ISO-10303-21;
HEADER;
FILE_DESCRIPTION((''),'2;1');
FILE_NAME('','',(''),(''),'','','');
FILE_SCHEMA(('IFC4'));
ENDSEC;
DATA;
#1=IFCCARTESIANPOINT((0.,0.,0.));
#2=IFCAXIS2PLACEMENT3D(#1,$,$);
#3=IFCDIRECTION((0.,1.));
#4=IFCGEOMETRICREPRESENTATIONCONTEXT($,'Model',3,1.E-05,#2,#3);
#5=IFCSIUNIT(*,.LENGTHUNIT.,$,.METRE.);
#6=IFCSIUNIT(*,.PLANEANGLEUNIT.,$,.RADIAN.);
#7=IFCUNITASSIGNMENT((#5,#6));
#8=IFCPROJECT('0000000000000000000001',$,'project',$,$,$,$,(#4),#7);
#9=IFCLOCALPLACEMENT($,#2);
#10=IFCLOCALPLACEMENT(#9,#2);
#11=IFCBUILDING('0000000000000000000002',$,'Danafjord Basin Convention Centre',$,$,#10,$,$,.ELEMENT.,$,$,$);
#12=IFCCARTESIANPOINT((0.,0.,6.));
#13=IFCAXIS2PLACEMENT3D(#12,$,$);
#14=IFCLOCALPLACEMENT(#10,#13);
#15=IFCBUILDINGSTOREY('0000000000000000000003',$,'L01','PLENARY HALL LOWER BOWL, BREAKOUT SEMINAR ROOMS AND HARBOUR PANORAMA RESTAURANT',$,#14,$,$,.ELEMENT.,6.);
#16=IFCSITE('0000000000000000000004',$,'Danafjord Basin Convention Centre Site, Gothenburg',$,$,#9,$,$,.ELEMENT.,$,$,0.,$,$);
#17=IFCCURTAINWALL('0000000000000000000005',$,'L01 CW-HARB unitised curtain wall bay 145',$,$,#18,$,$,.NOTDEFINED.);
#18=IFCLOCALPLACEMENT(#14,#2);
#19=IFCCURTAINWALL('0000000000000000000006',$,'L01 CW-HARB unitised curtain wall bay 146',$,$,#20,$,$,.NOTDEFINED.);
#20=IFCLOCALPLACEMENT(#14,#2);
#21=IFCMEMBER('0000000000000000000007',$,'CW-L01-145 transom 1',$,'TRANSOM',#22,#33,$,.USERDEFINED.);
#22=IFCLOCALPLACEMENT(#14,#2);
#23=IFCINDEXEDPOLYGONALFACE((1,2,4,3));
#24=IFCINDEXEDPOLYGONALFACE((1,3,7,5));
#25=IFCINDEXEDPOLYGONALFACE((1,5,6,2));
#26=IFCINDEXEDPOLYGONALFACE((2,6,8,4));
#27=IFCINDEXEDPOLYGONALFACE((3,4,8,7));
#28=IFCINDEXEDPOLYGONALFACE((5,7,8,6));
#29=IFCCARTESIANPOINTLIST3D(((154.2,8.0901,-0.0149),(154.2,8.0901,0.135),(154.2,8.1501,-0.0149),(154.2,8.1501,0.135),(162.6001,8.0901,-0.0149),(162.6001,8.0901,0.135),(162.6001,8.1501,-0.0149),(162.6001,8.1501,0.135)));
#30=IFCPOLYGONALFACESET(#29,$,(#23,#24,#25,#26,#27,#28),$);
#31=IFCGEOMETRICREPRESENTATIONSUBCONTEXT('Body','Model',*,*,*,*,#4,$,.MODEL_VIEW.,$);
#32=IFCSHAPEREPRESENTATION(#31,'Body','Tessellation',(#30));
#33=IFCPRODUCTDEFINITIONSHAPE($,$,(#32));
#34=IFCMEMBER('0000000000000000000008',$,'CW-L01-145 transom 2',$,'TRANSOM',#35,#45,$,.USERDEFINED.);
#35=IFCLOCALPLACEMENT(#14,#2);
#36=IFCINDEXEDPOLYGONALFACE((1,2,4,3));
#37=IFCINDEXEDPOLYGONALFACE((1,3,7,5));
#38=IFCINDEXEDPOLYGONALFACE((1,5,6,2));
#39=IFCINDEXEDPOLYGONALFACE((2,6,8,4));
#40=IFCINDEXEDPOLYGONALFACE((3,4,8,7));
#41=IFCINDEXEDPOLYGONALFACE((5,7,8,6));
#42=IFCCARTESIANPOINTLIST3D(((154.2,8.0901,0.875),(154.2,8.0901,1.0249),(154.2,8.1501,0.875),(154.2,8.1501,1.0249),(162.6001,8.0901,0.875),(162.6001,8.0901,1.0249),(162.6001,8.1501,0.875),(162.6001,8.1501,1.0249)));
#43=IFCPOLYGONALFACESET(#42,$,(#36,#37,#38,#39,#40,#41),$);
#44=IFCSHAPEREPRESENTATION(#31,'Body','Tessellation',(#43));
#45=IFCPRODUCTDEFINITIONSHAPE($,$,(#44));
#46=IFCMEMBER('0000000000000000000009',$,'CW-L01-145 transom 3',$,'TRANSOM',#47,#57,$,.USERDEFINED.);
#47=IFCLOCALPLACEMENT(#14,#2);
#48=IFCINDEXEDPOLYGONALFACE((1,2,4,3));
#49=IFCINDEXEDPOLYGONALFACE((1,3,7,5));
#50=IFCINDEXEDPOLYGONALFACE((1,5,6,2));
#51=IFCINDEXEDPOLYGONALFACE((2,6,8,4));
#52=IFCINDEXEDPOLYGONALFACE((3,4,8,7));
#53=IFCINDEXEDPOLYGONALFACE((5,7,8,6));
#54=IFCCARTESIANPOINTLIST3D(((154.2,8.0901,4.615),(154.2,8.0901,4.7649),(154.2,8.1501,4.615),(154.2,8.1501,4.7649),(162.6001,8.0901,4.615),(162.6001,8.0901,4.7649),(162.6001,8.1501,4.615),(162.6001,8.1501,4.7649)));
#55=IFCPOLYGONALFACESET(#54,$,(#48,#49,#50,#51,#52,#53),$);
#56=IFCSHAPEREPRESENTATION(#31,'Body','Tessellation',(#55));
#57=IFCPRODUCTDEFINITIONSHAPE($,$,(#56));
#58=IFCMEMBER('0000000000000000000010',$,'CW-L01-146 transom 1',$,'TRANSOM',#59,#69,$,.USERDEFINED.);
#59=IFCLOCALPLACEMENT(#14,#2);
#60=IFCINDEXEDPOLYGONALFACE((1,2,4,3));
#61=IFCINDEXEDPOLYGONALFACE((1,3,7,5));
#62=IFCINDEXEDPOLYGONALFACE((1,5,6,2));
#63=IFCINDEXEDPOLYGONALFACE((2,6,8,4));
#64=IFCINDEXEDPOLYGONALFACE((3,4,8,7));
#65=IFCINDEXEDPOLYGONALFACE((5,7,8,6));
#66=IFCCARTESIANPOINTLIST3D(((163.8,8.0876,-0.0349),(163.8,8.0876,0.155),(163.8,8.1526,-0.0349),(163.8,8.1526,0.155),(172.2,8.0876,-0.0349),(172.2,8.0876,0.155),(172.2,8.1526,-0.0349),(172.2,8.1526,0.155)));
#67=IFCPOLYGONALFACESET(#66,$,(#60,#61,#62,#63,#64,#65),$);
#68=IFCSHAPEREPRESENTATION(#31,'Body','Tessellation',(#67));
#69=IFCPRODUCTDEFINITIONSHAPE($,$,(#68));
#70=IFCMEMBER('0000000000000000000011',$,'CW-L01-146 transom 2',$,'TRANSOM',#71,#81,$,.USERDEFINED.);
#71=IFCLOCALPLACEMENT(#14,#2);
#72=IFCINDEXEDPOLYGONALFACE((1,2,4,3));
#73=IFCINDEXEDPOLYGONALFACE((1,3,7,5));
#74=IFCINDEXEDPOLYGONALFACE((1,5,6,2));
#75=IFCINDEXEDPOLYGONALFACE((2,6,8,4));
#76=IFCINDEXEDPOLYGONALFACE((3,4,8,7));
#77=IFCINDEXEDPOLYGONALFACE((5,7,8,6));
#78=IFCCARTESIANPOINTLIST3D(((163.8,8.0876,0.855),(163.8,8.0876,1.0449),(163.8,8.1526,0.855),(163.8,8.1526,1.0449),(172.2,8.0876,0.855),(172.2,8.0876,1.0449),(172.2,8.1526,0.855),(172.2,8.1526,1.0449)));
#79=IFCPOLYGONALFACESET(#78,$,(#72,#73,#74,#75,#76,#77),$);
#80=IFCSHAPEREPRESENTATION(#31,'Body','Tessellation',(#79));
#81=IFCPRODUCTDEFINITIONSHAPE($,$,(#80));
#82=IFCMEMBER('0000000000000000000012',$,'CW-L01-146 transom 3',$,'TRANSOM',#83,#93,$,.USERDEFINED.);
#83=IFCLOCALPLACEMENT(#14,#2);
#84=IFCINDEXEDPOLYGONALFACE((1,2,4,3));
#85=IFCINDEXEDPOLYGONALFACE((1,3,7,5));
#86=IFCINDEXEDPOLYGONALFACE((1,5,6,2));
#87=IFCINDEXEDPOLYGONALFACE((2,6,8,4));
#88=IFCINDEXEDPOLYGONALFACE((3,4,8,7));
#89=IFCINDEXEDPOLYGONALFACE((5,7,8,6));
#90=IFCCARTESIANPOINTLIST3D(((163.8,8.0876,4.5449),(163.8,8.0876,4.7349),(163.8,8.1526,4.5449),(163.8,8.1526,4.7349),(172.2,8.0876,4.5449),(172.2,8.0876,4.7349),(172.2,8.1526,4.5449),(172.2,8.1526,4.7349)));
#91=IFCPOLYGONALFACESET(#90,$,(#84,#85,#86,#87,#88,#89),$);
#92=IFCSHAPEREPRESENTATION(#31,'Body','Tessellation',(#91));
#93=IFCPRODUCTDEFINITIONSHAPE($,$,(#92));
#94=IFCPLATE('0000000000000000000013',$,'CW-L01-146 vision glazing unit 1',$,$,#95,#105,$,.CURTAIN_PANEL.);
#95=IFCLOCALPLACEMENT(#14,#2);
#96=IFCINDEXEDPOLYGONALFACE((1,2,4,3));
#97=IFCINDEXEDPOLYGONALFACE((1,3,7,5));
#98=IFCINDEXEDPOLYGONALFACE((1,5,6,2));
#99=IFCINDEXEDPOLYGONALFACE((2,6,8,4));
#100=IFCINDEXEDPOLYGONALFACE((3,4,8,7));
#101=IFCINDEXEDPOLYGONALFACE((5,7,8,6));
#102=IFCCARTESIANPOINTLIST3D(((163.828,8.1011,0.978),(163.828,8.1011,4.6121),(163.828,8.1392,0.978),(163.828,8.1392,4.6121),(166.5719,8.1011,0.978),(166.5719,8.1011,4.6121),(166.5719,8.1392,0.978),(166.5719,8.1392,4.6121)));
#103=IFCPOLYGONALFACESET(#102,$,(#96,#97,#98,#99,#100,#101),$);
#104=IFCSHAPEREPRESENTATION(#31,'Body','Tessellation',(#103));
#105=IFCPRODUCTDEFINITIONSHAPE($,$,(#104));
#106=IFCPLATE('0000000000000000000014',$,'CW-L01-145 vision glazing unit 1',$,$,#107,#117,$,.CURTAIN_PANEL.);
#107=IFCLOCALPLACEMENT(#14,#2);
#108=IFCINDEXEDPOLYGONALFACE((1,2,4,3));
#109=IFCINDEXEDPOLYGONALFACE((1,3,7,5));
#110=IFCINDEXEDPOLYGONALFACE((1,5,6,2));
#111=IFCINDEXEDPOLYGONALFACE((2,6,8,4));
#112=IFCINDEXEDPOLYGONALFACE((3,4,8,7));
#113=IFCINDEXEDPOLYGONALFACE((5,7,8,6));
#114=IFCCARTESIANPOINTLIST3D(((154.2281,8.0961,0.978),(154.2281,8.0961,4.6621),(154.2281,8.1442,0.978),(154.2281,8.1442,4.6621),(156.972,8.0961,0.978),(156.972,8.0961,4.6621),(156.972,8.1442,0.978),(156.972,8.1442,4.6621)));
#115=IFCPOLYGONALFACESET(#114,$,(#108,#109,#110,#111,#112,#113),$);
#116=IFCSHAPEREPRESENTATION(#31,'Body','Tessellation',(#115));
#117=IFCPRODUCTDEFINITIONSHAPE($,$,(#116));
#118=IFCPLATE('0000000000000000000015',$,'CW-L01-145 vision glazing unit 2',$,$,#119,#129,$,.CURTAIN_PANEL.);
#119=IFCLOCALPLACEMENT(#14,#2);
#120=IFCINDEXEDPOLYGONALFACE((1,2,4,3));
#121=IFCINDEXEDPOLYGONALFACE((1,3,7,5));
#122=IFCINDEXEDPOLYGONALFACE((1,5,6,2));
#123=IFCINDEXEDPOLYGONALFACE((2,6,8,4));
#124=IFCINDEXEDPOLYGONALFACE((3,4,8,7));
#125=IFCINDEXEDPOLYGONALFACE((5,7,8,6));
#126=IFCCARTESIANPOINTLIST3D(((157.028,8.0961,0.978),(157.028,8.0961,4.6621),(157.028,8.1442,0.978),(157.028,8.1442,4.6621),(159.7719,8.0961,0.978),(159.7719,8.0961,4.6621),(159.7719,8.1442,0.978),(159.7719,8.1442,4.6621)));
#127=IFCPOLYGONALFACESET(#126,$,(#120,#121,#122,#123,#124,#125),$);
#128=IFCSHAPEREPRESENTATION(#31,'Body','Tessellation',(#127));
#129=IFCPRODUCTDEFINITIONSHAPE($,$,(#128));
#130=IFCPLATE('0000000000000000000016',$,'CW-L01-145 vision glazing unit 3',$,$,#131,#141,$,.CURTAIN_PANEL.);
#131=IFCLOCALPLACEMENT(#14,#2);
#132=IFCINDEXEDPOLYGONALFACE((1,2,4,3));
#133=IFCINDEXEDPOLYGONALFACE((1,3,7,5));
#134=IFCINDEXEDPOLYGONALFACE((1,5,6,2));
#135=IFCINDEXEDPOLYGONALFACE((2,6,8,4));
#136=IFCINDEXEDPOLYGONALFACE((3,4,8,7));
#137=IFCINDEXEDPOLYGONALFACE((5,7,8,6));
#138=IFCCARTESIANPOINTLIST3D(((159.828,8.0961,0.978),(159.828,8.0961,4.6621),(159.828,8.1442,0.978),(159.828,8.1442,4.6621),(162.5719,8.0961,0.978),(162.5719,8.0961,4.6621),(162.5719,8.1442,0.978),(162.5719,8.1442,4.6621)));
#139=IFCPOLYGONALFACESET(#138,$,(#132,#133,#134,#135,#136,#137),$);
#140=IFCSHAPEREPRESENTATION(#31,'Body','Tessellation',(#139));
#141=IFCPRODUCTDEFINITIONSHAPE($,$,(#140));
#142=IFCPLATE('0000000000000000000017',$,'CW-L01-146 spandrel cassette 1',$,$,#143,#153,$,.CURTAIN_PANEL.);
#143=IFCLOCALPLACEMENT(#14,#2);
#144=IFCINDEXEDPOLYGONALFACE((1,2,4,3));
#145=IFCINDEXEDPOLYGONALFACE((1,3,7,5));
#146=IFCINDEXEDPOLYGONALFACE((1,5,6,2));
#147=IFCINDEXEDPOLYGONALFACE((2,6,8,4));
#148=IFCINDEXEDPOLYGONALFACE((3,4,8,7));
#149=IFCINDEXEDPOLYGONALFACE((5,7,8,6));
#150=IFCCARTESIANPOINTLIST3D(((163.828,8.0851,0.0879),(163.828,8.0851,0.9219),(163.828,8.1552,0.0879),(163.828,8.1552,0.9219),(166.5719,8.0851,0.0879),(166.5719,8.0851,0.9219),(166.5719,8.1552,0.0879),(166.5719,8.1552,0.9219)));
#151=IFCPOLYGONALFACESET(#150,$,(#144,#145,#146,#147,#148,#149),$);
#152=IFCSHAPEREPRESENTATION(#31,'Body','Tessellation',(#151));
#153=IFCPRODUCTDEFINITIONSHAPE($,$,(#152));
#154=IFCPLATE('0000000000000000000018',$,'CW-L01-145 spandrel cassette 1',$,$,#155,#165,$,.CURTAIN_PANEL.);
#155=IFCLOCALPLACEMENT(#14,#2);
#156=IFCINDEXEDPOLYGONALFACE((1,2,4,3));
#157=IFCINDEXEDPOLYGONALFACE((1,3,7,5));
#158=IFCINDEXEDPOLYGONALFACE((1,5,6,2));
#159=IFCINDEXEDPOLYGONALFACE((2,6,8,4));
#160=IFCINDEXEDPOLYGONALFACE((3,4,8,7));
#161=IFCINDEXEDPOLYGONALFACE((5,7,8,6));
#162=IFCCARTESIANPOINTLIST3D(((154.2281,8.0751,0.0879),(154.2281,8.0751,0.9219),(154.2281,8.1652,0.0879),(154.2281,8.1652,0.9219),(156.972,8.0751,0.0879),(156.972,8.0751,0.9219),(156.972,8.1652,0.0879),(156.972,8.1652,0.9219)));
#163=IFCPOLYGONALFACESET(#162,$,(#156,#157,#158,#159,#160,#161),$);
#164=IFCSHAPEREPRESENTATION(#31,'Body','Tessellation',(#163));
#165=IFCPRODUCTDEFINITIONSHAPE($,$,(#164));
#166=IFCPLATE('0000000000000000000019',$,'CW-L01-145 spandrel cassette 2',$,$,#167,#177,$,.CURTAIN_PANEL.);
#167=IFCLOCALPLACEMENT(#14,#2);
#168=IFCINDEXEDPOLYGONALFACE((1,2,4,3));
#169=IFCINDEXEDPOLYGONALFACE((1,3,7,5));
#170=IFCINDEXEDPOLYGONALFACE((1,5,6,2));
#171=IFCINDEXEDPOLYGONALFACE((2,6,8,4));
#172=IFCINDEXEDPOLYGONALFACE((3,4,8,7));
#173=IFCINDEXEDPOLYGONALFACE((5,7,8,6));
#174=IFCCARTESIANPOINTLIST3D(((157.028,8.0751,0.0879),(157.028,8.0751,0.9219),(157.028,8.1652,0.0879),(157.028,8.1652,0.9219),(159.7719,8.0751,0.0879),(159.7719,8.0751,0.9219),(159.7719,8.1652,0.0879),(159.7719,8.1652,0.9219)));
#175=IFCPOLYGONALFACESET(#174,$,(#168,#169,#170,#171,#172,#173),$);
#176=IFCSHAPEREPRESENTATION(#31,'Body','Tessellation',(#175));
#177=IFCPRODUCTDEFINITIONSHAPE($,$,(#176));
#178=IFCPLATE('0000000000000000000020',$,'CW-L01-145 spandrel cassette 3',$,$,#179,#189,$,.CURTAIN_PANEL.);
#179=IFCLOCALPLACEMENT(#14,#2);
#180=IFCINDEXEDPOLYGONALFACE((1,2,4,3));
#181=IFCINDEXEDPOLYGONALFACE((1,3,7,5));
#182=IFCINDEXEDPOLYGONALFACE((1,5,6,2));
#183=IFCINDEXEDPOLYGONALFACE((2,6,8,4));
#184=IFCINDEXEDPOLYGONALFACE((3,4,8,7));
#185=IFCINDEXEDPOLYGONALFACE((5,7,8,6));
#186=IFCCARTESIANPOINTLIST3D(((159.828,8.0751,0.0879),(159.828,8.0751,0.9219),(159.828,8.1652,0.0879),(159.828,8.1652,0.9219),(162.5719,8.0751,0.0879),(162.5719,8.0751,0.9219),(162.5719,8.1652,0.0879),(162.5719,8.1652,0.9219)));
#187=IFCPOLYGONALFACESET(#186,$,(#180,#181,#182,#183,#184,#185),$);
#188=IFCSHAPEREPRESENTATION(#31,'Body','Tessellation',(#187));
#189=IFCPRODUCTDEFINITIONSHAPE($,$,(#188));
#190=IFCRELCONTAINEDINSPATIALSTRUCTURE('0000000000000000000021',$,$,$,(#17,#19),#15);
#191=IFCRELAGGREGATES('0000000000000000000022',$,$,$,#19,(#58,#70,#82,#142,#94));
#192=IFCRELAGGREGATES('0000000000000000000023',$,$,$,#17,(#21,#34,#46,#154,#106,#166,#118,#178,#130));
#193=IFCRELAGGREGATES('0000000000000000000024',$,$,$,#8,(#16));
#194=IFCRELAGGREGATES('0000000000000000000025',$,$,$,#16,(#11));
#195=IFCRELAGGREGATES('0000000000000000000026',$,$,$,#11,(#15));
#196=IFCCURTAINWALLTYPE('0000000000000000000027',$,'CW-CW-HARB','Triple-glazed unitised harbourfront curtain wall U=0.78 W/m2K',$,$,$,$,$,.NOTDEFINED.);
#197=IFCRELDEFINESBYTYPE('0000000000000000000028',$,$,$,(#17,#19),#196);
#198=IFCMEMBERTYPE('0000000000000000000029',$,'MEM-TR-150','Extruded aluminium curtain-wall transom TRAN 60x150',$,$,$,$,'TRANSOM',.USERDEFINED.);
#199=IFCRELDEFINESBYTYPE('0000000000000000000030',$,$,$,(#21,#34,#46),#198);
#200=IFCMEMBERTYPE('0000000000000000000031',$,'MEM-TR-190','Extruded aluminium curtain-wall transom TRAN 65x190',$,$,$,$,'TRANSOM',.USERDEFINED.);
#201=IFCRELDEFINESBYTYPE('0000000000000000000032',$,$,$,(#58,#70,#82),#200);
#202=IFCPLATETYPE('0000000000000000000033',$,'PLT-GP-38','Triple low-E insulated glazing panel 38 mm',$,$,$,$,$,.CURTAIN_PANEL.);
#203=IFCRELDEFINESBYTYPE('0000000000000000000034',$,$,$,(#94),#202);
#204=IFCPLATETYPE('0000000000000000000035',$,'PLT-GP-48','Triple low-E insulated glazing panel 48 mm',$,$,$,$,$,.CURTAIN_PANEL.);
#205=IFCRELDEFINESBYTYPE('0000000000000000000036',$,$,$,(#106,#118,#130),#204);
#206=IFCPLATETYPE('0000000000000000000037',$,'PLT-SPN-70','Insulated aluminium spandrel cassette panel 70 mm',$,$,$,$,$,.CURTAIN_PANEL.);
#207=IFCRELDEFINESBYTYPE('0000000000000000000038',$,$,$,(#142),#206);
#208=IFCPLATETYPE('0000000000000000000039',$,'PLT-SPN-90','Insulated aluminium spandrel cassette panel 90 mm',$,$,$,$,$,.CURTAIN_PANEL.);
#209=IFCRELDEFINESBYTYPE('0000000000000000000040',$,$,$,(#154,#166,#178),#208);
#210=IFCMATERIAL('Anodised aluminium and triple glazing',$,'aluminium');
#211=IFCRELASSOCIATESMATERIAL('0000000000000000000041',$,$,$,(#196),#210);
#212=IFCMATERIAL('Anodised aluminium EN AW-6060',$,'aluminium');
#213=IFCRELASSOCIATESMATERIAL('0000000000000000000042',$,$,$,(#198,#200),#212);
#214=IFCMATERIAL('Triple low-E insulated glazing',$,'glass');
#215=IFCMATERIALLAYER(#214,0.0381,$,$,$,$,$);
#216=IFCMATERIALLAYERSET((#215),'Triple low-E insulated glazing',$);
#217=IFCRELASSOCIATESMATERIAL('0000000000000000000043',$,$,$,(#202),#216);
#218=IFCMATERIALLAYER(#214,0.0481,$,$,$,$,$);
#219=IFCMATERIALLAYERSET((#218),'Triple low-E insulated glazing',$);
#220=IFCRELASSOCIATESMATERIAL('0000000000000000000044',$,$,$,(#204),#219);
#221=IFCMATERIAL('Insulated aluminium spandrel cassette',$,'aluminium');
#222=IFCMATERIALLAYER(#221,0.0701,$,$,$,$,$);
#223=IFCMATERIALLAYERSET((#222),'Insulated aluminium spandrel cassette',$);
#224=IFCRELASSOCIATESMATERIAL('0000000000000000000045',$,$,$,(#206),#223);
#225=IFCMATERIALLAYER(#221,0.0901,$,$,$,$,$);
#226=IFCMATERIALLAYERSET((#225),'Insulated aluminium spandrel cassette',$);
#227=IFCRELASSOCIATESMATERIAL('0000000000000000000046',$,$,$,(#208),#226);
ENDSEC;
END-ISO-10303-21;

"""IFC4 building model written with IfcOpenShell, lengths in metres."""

from ifc_helpers import new_model, si_unit, direction, frame, origin, origin_2d, place, context, subcontext, project, spatial, rectangle, extrude, material, layer, layer_set, material_profile, profile_set, type_object, element, aggregate, save


model = new_model("IFC4")

# Units and contexts
model_context = context("Model", 3, precision=1e-05, world=origin(), true_north=direction((0.0, 1.0)))
body_context = subcontext(model_context, "Body", "Model", "MODEL_VIEW")
ifc_project = project(units=[si_unit("LENGTHUNIT", "METRE"), si_unit("PLANEANGLEUNIT", "RADIAN")], contexts=[model_context])

# Site, building, storey
site_placement = place(None, origin())
site = spatial("IfcSite", under=ifc_project, at=site_placement, Name="Danafjord Basin Convention Centre Site, Gothenburg", CompositionType="ELEMENT", RefElevation=0.0)
building_placement = place(site_placement, origin())
building = spatial("IfcBuilding", under=site, at=building_placement, Name="Danafjord Basin Convention Centre", CompositionType="ELEMENT")
storey_placement = place(building_placement, frame((0.0, 0.0, 6.0)))
storey = spatial("IfcBuildingStorey", under=building, at=storey_placement, Name="L01", Description="PLENARY HALL LOWER BOWL, BREAKOUT SEMINAR ROOMS AND HARBOUR PANORAMA RESTAURANT", CompositionType="ELEMENT", Elevation=6.0)

# Curtain walls
ifc_material_1 = material(Name="Anodised aluminium and triple glazing", Category="aluminium")
curtain_wall_type = type_object("IfcCurtainWallType", Name="CW-CW-HARB", Description="Triple-glazed unitised harbourfront curtain wall U=0.78 W/m2K", PredefinedType="NOTDEFINED", material=ifc_material_1)
curtain_wall_1_placement = place(storey_placement, origin())
curtain_wall_1 = element("IfcCurtainWall", 1, at=curtain_wall_1_placement, inside=storey, type_object=curtain_wall_type, Name="L01 CW-HARB unitised curtain wall bay 145", PredefinedType="NOTDEFINED")
ifc_material_2 = material(Name="Anodised aluminium EN AW-6060", Category="aluminium")
curtain_wall_2_placement = place(storey_placement, origin())
curtain_wall_2 = element("IfcCurtainWall", 2, at=curtain_wall_2_placement, inside=storey, type_object=curtain_wall_type, Name="L01 CW-HARB unitised curtain wall bay 146", PredefinedType="NOTDEFINED")

# Members
ifc_material_profile_1 = material_profile(ifc_material_2, rectangle(XDim=0.0601, YDim=0.1499, at=origin_2d()), Name="TRAN 60x150")
ifc_profile_set_1 = profile_set([ifc_material_profile_1], Name="Anodised aluminium EN AW-6060")
member_type_1 = type_object("IfcMemberType", Name="MEM-TR-150", Description="Extruded aluminium curtain-wall transom TRAN 60x150", ElementType="TRANSOM", PredefinedType="USERDEFINED", material=ifc_profile_set_1)
member_1_placement = place(storey_placement, frame((154.2, 8.1201, 0.0601), z_axis=(1.0, 0.0, 0.0), x_axis=(0.0, 1.0, 0.0)))
member_1 = element("IfcMember", 3, at=member_1_placement, type_object=member_type_1, Name="CW-L01-145 transom 1", ObjectType="TRANSOM", PredefinedType="USERDEFINED", context=body_context, shape_type="SweptSolid", body=[
    extrude(rectangle(XDim=0.0601, YDim=0.1499, at=origin_2d()), origin(), (0.0, 0.0, 1.0), 8.4001),
])
member_2_placement = place(storey_placement, frame((154.2, 8.1201, 0.95), z_axis=(1.0, 0.0, 0.0), x_axis=(0.0, 1.0, 0.0)))
member_2 = element("IfcMember", 4, at=member_2_placement, type_object=member_type_1, Name="CW-L01-145 transom 2", ObjectType="TRANSOM", PredefinedType="USERDEFINED", context=body_context, shape_type="SweptSolid", body=[
    extrude(rectangle(XDim=0.0601, YDim=0.1499, at=origin_2d()), origin(), (0.0, 0.0, 1.0), 8.4001),
])
member_3_placement = place(storey_placement, frame((154.2, 8.1201, 4.6899), z_axis=(1.0, 0.0, 0.0), x_axis=(0.0, 1.0, 0.0)))
member_3 = element("IfcMember", 5, at=member_3_placement, type_object=member_type_1, Name="CW-L01-145 transom 3", ObjectType="TRANSOM", PredefinedType="USERDEFINED", context=body_context, shape_type="SweptSolid", body=[
    extrude(rectangle(XDim=0.0601, YDim=0.1499, at=origin_2d()), origin(), (0.0, 0.0, 1.0), 8.4001),
])
ifc_material_profile_2 = material_profile(ifc_material_2, rectangle(XDim=0.0649, YDim=0.1899, at=origin_2d()), Name="TRAN 65x190")
ifc_profile_set_2 = profile_set([ifc_material_profile_2], Name="Anodised aluminium EN AW-6060")
member_type_2 = type_object("IfcMemberType", Name="MEM-TR-190", Description="Extruded aluminium curtain-wall transom TRAN 65x190", ElementType="TRANSOM", PredefinedType="USERDEFINED", material=ifc_profile_set_2)
member_4_placement = place(storey_placement, frame((163.8, 8.1201, 0.0601), z_axis=(1.0, 0.0, 0.0), x_axis=(0.0, 1.0, 0.0)))
member_4 = element("IfcMember", 6, at=member_4_placement, type_object=member_type_2, Name="CW-L01-146 transom 1", ObjectType="TRANSOM", PredefinedType="USERDEFINED", context=body_context, shape_type="SweptSolid", body=[
    extrude(rectangle(XDim=0.0649, YDim=0.1899, at=origin_2d()), origin(), (0.0, 0.0, 1.0), 8.3999),
])
member_5_placement = place(storey_placement, frame((163.8, 8.1201, 0.95), z_axis=(1.0, 0.0, 0.0), x_axis=(0.0, 1.0, 0.0)))
member_5 = element("IfcMember", 7, at=member_5_placement, type_object=member_type_2, Name="CW-L01-146 transom 2", ObjectType="TRANSOM", PredefinedType="USERDEFINED", context=body_context, shape_type="SweptSolid", body=[
    extrude(rectangle(XDim=0.0649, YDim=0.1899, at=origin_2d()), origin(), (0.0, 0.0, 1.0), 8.3999),
])
member_6_placement = place(storey_placement, frame((163.8, 8.1201, 4.6399), z_axis=(1.0, 0.0, 0.0), x_axis=(0.0, 1.0, 0.0)))
member_6 = element("IfcMember", 8, at=member_6_placement, type_object=member_type_2, Name="CW-L01-146 transom 3", ObjectType="TRANSOM", PredefinedType="USERDEFINED", context=body_context, shape_type="SweptSolid", body=[
    extrude(rectangle(XDim=0.0649, YDim=0.1899, at=origin_2d()), origin(), (0.0, 0.0, 1.0), 8.3999),
])

# Plates
ifc_material_3 = material(Name="Triple low-E insulated glazing", Category="glass")
ifc_layer_1 = layer(ifc_material_3, 0.0381)
ifc_layer_set_1 = layer_set([ifc_layer_1], Name="Triple low-E insulated glazing")
plate_type_1 = type_object("IfcPlateType", Name="PLT-GP-38", Description="Triple low-E insulated glazing panel 38 mm", PredefinedType="CURTAIN_PANEL", material=ifc_layer_set_1)
plate_1_placement = place(storey_placement, frame((165.2, 8.1201, 0.978), z_axis=(0.0, 0.0, 1.0), x_axis=(1.0, 0.0, 0.0)))
plate_1 = element("IfcPlate", 9, at=plate_1_placement, type_object=plate_type_1, Name="CW-L01-146 vision glazing unit 1", PredefinedType="CURTAIN_PANEL", context=body_context, shape_type="SweptSolid", body=[
    extrude(rectangle(XDim=2.7439, YDim=0.0381, at=origin_2d()), origin(), (0.0, 0.0, 1.0), 3.634),
])
ifc_layer_2 = layer(ifc_material_3, 0.0481)
ifc_layer_set_2 = layer_set([ifc_layer_2], Name="Triple low-E insulated glazing")
plate_type_2 = type_object("IfcPlateType", Name="PLT-GP-48", Description="Triple low-E insulated glazing panel 48 mm", PredefinedType="CURTAIN_PANEL", material=ifc_layer_set_2)
plate_2_placement = place(storey_placement, frame((155.6001, 8.1201, 0.978), z_axis=(0.0, 0.0, 1.0), x_axis=(1.0, 0.0, 0.0)))
plate_2 = element("IfcPlate", 10, at=plate_2_placement, type_object=plate_type_2, Name="CW-L01-145 vision glazing unit 1", PredefinedType="CURTAIN_PANEL", context=body_context, shape_type="SweptSolid", body=[
    extrude(rectangle(XDim=2.7439, YDim=0.0481, at=origin_2d()), origin(), (0.0, 0.0, 1.0), 3.6841),
])
plate_3_placement = place(storey_placement, frame((158.3999, 8.1201, 0.978), z_axis=(0.0, 0.0, 1.0), x_axis=(1.0, 0.0, 0.0)))
plate_3 = element("IfcPlate", 11, at=plate_3_placement, type_object=plate_type_2, Name="CW-L01-145 vision glazing unit 2", PredefinedType="CURTAIN_PANEL", context=body_context, shape_type="SweptSolid", body=[
    extrude(rectangle(XDim=2.7439, YDim=0.0481, at=origin_2d()), origin(), (0.0, 0.0, 1.0), 3.6841),
])
plate_4_placement = place(storey_placement, frame((161.2, 8.1201, 0.978), z_axis=(0.0, 0.0, 1.0), x_axis=(1.0, 0.0, 0.0)))
plate_4 = element("IfcPlate", 12, at=plate_4_placement, type_object=plate_type_2, Name="CW-L01-145 vision glazing unit 3", PredefinedType="CURTAIN_PANEL", context=body_context, shape_type="SweptSolid", body=[
    extrude(rectangle(XDim=2.7439, YDim=0.0481, at=origin_2d()), origin(), (0.0, 0.0, 1.0), 3.6841),
])
ifc_material_4 = material(Name="Insulated aluminium spandrel cassette", Category="aluminium")
ifc_layer_3 = layer(ifc_material_4, 0.0701)
ifc_layer_set_3 = layer_set([ifc_layer_3], Name="Insulated aluminium spandrel cassette")
plate_type_3 = type_object("IfcPlateType", Name="PLT-SPN-70", Description="Insulated aluminium spandrel cassette panel 70 mm", PredefinedType="CURTAIN_PANEL", material=ifc_layer_set_3)
plate_5_placement = place(storey_placement, frame((165.2, 8.1201, 0.0879), z_axis=(0.0, 0.0, 1.0), x_axis=(1.0, 0.0, 0.0)))
plate_5 = element("IfcPlate", 13, at=plate_5_placement, type_object=plate_type_3, Name="CW-L01-146 spandrel cassette 1", PredefinedType="CURTAIN_PANEL", context=body_context, shape_type="SweptSolid", body=[
    extrude(rectangle(XDim=2.7439, YDim=0.0701, at=origin_2d()), origin(), (0.0, 0.0, 1.0), 0.834),
])
aggregate(curtain_wall_2, [member_4, member_5, member_6, plate_5, plate_1])
ifc_layer_4 = layer(ifc_material_4, 0.0901)
ifc_layer_set_4 = layer_set([ifc_layer_4], Name="Insulated aluminium spandrel cassette")
plate_type_4 = type_object("IfcPlateType", Name="PLT-SPN-90", Description="Insulated aluminium spandrel cassette panel 90 mm", PredefinedType="CURTAIN_PANEL", material=ifc_layer_set_4)
plate_6_placement = place(storey_placement, frame((155.6001, 8.1201, 0.0879), z_axis=(0.0, 0.0, 1.0), x_axis=(1.0, 0.0, 0.0)))
plate_6 = element("IfcPlate", 14, at=plate_6_placement, type_object=plate_type_4, Name="CW-L01-145 spandrel cassette 1", PredefinedType="CURTAIN_PANEL", context=body_context, shape_type="SweptSolid", body=[
    extrude(rectangle(XDim=2.7439, YDim=0.0901, at=origin_2d()), origin(), (0.0, 0.0, 1.0), 0.834),
])
plate_7_placement = place(storey_placement, frame((158.3999, 8.1201, 0.0879), z_axis=(0.0, 0.0, 1.0), x_axis=(1.0, 0.0, 0.0)))
plate_7 = element("IfcPlate", 15, at=plate_7_placement, type_object=plate_type_4, Name="CW-L01-145 spandrel cassette 2", PredefinedType="CURTAIN_PANEL", context=body_context, shape_type="SweptSolid", body=[
    extrude(rectangle(XDim=2.7439, YDim=0.0901, at=origin_2d()), origin(), (0.0, 0.0, 1.0), 0.834),
])
plate_8_placement = place(storey_placement, frame((161.2, 8.1201, 0.0879), z_axis=(0.0, 0.0, 1.0), x_axis=(1.0, 0.0, 0.0)))
plate_8 = element("IfcPlate", 16, at=plate_8_placement, type_object=plate_type_4, Name="CW-L01-145 spandrel cassette 3", PredefinedType="CURTAIN_PANEL", context=body_context, shape_type="SweptSolid", body=[
    extrude(rectangle(XDim=2.7439, YDim=0.0901, at=origin_2d()), origin(), (0.0, 0.0, 1.0), 0.834),
])
aggregate(curtain_wall_1, [member_1, member_2, member_3, plate_6, plate_2, plate_7, plate_3, plate_8, plate_4])

save(model, "model.ifc")
